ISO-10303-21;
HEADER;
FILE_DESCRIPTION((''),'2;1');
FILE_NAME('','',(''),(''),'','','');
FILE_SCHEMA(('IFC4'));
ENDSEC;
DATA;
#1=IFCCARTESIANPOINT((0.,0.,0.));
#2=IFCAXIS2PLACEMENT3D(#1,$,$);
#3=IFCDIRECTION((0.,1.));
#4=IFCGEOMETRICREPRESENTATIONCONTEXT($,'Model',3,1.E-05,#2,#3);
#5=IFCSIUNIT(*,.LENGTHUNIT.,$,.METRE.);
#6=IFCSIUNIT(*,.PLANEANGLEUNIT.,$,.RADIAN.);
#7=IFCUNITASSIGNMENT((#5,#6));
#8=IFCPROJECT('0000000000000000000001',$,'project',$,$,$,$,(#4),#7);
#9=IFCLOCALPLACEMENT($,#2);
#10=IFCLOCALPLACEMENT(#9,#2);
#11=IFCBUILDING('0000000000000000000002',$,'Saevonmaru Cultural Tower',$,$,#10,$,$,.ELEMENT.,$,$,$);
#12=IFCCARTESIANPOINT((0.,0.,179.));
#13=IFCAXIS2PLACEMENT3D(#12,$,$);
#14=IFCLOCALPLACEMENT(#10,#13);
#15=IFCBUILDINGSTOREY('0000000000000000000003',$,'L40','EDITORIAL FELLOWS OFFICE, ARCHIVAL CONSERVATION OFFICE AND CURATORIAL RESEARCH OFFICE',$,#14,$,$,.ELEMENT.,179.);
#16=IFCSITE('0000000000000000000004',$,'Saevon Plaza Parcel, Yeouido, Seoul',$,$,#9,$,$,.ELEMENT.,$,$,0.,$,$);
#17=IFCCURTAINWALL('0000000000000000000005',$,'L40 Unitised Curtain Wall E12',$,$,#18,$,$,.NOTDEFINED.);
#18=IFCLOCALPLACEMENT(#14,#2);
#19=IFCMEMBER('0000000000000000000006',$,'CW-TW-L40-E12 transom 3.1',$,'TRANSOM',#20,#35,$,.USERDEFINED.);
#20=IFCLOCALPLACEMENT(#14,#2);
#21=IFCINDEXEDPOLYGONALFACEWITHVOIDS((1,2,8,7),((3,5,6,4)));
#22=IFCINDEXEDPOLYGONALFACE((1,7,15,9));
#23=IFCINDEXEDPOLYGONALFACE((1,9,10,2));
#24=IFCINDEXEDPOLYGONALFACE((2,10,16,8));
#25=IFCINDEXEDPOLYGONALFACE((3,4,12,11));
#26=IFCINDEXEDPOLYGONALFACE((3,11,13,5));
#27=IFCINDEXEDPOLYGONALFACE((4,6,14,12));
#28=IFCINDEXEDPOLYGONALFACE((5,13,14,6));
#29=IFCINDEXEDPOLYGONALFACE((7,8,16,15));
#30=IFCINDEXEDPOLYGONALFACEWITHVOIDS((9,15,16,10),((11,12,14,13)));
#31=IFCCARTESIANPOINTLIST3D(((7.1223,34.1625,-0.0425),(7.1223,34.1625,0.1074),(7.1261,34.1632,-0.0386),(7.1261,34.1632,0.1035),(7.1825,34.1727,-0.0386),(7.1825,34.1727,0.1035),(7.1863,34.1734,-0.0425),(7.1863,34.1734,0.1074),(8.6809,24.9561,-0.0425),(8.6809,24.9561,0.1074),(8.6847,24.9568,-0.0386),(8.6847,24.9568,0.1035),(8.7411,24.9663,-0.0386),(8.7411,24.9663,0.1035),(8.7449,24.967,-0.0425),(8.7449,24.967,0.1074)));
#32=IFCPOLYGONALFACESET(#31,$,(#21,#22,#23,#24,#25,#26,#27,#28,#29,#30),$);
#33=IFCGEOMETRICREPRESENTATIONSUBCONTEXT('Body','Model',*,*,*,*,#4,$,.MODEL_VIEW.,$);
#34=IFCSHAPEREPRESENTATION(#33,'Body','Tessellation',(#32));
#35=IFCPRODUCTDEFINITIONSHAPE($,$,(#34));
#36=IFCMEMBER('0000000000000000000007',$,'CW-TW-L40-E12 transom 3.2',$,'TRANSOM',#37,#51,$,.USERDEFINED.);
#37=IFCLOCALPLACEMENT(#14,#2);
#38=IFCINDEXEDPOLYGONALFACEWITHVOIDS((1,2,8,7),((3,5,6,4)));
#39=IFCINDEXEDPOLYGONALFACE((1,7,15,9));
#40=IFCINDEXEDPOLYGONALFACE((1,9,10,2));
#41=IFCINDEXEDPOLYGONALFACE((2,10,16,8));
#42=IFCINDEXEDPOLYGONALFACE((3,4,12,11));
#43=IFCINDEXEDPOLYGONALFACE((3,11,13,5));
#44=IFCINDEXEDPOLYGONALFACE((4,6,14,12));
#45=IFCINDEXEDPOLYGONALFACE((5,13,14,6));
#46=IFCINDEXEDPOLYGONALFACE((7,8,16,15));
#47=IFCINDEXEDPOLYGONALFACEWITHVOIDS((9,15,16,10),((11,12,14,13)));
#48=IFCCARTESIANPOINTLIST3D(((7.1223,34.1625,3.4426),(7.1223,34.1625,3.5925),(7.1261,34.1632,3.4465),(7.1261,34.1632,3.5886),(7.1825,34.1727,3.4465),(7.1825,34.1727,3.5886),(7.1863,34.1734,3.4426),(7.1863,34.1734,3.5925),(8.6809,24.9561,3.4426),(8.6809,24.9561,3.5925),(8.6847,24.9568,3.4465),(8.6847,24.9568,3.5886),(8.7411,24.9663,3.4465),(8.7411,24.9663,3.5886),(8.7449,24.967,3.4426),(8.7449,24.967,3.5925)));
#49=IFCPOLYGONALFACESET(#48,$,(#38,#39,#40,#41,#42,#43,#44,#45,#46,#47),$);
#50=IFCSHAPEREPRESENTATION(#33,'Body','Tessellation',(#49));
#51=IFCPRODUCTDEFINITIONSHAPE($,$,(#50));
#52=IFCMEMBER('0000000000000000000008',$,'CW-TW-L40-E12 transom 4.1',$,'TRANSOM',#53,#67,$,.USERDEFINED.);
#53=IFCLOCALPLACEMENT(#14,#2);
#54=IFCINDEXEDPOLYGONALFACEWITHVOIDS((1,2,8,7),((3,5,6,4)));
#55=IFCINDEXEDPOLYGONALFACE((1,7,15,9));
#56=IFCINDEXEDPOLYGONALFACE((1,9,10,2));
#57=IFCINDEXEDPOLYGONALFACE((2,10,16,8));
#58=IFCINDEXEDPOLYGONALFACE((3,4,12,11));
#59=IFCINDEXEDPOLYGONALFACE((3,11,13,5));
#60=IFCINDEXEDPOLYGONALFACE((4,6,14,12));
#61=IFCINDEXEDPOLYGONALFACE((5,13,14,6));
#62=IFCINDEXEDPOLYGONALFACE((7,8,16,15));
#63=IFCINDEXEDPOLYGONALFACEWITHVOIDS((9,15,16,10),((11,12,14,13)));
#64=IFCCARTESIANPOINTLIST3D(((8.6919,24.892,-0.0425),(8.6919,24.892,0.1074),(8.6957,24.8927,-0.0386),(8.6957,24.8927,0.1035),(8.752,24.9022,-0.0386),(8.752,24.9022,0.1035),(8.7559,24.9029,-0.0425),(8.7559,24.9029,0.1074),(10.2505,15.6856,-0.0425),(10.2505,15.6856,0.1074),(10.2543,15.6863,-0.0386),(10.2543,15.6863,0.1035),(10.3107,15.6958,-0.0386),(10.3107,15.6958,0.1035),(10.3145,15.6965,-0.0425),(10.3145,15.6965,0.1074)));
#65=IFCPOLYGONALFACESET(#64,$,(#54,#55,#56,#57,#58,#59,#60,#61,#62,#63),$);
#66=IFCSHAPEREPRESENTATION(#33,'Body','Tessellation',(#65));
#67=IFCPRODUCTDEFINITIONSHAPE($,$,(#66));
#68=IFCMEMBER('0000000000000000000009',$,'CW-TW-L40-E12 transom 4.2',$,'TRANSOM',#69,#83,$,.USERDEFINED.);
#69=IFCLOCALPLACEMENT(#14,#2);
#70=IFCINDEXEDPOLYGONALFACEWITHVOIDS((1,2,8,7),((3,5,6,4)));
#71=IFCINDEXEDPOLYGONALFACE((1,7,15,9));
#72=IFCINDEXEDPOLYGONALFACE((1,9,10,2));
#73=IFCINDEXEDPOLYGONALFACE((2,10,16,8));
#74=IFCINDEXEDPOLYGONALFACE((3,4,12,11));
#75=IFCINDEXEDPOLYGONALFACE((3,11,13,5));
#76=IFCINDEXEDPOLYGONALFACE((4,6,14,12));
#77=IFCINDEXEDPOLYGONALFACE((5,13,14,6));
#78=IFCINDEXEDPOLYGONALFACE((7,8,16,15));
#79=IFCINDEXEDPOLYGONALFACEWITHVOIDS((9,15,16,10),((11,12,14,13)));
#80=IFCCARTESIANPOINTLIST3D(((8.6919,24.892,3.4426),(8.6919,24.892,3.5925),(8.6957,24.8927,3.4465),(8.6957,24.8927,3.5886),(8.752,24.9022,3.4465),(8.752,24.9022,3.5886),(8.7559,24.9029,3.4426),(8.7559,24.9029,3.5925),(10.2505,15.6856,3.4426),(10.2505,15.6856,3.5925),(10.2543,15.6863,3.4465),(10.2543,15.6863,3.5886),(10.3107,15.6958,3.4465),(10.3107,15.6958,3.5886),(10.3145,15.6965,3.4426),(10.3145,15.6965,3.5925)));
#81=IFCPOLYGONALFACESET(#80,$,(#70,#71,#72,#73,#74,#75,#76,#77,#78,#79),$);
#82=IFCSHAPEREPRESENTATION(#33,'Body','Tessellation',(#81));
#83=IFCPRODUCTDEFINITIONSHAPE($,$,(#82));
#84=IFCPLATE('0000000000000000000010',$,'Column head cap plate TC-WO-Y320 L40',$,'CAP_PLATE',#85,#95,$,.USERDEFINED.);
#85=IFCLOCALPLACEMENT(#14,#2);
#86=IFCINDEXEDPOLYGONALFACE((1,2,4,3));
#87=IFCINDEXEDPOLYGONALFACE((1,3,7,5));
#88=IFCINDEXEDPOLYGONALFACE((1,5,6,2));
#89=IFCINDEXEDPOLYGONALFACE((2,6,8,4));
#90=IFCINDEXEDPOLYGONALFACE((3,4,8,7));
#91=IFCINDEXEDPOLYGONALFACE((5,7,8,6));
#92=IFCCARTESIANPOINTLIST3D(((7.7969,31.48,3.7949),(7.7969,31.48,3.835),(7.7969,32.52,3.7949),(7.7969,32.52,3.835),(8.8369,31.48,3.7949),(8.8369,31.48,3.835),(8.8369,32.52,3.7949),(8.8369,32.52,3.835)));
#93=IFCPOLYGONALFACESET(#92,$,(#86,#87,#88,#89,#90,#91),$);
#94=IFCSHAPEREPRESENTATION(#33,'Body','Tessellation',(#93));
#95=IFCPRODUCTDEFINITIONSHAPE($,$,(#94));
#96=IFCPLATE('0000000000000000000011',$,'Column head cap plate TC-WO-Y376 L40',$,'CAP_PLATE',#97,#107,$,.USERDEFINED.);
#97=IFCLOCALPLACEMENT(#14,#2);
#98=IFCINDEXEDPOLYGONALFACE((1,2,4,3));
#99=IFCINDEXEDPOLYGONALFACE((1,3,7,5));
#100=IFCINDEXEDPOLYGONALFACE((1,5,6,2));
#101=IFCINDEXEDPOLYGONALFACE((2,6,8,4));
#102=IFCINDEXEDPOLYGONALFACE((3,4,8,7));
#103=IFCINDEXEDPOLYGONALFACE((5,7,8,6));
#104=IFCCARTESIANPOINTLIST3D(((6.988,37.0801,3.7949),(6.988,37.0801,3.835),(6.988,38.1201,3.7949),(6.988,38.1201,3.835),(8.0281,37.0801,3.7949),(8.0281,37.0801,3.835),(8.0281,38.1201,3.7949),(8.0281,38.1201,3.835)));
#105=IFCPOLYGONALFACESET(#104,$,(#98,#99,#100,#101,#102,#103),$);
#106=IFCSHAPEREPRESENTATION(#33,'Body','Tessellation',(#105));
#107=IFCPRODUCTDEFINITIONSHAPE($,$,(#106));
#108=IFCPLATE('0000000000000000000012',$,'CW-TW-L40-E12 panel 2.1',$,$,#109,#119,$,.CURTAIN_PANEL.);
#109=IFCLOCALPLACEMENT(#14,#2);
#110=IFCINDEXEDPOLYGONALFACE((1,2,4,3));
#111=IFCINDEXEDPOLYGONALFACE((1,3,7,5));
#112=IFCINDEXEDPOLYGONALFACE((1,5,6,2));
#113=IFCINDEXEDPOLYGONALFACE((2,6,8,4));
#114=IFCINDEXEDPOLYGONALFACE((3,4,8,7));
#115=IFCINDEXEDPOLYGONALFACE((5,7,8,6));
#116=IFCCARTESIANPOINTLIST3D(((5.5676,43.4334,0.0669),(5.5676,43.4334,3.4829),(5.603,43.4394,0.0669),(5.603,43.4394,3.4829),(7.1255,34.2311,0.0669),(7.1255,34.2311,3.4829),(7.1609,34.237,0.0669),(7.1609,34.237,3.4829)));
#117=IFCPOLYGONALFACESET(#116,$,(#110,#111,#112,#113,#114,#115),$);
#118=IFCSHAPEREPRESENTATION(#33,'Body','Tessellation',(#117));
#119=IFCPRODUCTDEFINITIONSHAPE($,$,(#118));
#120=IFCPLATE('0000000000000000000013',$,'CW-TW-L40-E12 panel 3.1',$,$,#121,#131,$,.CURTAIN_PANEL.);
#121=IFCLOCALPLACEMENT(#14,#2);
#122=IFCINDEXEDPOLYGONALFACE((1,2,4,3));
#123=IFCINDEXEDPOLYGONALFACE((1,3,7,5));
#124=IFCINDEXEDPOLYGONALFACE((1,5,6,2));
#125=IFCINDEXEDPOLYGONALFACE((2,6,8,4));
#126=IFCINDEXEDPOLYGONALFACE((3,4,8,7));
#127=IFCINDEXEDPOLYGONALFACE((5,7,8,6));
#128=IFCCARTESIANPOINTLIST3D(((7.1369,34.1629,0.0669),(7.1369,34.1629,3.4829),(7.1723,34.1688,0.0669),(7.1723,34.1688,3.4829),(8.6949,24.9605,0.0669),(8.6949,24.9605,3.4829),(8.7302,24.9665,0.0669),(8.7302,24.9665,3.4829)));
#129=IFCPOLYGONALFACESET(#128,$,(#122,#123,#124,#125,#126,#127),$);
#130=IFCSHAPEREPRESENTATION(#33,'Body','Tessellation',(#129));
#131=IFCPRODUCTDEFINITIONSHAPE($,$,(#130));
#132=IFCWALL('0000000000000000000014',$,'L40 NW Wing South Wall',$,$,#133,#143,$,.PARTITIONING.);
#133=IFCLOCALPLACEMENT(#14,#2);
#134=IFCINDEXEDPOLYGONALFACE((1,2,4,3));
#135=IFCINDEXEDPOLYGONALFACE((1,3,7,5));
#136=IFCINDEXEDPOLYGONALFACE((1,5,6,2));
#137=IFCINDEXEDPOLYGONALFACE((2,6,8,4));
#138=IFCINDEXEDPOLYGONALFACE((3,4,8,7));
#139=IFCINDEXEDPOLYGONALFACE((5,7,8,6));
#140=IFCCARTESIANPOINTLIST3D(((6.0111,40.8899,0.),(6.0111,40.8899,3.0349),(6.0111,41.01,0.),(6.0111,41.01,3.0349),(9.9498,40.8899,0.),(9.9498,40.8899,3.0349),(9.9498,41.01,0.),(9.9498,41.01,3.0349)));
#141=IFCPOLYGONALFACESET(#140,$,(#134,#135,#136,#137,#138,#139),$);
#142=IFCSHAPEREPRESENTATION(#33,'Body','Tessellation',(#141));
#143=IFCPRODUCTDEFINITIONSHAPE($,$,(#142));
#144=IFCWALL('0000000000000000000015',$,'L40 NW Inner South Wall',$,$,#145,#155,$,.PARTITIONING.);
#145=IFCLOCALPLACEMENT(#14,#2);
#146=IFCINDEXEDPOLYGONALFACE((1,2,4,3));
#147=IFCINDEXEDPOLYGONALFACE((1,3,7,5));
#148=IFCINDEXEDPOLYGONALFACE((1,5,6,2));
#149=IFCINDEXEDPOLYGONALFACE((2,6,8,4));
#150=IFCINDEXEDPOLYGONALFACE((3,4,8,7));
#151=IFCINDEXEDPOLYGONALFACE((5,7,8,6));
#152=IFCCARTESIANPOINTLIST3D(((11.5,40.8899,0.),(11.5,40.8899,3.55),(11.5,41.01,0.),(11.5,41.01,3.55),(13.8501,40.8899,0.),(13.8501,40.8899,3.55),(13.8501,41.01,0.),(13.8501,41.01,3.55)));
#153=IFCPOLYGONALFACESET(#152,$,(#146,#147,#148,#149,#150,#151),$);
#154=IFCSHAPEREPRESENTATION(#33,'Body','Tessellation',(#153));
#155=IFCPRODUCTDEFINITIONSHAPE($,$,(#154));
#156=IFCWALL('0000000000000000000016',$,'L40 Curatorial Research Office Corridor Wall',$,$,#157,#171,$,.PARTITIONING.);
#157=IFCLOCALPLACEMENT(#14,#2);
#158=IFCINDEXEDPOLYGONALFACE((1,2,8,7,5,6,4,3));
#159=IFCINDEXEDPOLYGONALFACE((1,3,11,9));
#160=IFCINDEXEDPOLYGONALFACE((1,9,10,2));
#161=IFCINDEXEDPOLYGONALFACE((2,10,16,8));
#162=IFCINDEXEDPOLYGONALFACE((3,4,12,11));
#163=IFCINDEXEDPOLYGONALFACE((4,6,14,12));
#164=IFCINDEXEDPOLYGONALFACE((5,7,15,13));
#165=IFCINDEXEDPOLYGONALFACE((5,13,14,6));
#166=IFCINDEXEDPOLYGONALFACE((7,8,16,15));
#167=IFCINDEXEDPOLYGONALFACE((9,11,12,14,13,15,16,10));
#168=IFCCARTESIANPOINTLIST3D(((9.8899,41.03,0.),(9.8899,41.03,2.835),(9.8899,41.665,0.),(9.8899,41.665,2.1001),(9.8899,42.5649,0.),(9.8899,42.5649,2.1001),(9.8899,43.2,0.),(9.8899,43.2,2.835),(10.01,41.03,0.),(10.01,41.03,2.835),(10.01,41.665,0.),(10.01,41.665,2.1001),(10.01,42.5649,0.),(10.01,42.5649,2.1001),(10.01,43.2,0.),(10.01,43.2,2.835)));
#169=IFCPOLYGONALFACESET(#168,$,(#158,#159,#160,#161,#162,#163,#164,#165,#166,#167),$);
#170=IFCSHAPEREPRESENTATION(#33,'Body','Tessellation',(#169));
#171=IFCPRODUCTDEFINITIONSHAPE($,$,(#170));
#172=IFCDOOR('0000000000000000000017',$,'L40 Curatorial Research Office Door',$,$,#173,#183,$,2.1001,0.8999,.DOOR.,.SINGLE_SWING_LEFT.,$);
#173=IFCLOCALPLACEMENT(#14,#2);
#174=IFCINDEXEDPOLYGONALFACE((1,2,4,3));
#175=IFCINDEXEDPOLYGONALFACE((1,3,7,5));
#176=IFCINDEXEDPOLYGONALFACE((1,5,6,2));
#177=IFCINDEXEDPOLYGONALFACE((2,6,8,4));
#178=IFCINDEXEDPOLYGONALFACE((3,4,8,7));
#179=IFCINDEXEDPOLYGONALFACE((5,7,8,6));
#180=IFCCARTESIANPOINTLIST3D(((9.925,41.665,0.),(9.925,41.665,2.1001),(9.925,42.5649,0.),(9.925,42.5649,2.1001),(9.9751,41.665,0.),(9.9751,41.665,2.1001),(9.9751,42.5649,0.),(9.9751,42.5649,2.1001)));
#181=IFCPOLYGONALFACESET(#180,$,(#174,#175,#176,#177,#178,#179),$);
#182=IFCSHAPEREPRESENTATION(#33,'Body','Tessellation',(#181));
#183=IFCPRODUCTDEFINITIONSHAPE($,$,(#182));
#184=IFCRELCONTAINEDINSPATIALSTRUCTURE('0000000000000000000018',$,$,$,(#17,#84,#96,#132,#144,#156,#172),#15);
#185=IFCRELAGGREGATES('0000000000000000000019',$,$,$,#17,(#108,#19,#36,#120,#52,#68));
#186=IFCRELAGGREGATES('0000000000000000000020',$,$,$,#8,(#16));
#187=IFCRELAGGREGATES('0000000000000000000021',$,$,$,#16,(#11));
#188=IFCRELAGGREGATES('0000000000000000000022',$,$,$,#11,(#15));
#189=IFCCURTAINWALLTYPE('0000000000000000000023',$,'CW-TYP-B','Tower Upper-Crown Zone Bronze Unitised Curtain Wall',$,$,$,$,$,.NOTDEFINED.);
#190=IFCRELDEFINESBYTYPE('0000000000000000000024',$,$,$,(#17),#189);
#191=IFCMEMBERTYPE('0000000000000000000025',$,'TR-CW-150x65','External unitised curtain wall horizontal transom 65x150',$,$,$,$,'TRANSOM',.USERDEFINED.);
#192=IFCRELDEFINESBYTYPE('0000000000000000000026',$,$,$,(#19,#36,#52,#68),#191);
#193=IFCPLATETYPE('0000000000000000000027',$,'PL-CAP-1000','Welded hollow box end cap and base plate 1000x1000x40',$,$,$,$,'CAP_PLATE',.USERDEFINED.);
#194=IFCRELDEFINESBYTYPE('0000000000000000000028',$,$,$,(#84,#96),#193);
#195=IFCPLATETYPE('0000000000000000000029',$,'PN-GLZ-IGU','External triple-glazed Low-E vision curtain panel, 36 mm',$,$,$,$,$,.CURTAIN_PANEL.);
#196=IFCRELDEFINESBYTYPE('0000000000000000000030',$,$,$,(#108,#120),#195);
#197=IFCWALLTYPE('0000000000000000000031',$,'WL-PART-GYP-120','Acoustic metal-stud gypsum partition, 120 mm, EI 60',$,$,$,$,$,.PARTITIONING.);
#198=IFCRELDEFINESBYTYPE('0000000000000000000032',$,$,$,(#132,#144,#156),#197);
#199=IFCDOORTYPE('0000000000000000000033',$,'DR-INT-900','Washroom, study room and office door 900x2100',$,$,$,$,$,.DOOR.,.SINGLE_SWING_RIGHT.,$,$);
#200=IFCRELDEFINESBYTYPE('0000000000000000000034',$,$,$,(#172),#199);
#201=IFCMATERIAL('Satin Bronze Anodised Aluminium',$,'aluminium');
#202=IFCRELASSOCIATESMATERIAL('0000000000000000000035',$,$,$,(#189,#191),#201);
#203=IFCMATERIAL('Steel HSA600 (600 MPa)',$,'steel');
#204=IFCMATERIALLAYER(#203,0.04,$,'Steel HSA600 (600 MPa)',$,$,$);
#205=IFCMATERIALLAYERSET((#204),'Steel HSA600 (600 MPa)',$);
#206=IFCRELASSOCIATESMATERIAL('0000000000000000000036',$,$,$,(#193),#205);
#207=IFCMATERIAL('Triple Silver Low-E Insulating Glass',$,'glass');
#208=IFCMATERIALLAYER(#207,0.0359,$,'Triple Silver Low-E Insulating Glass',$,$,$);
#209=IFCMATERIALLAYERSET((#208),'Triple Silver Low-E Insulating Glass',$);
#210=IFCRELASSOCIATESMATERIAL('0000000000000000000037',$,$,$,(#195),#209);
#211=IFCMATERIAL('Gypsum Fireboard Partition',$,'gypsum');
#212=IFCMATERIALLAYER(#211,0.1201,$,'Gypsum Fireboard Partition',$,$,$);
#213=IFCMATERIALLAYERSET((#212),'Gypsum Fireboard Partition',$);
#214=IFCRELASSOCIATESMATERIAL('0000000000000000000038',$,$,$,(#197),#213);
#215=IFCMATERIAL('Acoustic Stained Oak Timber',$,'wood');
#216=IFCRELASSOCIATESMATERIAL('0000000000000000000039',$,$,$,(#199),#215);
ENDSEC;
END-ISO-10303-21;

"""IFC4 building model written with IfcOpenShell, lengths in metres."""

from ifc_helpers import new_model, si_unit, direction, frame, frame_2d, origin, origin_2d, place, context, subcontext, project, spatial, rectangle, hollow_rectangle, extrude, material, layer, layer_set, material_profile, profile_set, type_object, element, fill, aggregate, save


model = new_model("IFC4")

# Units and contexts
model_context = context("Model", 3, precision=1e-05, world=origin(), true_north=direction((0.0, 1.0)))
body_context = subcontext(model_context, "Body", "Model", "MODEL_VIEW")
ifc_project = project(units=[si_unit("LENGTHUNIT", "METRE"), si_unit("PLANEANGLEUNIT", "RADIAN")], contexts=[model_context])

# Site, building, storey
site_placement = place(None, origin())
site = spatial("IfcSite", under=ifc_project, at=site_placement, Name="Saevon Plaza Parcel, Yeouido, Seoul", CompositionType="ELEMENT", RefElevation=0.0)
building_placement = place(site_placement, origin())
building = spatial("IfcBuilding", under=site, at=building_placement, Name="Saevonmaru Cultural Tower", CompositionType="ELEMENT")
storey_placement = place(building_placement, frame((0.0, 0.0, 179.0)))
storey = spatial("IfcBuildingStorey", under=building, at=storey_placement, Name="L40", Description="EDITORIAL FELLOWS OFFICE, ARCHIVAL CONSERVATION OFFICE AND CURATORIAL RESEARCH OFFICE", CompositionType="ELEMENT", Elevation=179.0)

# Curtain wall, members
ifc_material_1 = material(Name="Satin Bronze Anodised Aluminium", Category="aluminium")
curtain_wall_type = type_object("IfcCurtainWallType", Name="CW-TYP-B", Description="Tower Upper-Crown Zone Bronze Unitised Curtain Wall", PredefinedType="NOTDEFINED", material=ifc_material_1)
curtain_wall_placement = place(storey_placement, origin())
curtain_wall = element("IfcCurtainWall", 1, at=curtain_wall_placement, inside=storey, type_object=curtain_wall_type, Name="L40 Unitised Curtain Wall E12", PredefinedType="NOTDEFINED")
ifc_material_profile_1 = material_profile(ifc_material_1, hollow_rectangle(XDim=0.0649, YDim=0.1499, WallThickness=0.0039, at=origin_2d()), Name="ALU-TRAN-150x65x4")
ifc_profile_set_1 = profile_set([ifc_material_profile_1], Name="Satin Bronze Anodised Aluminium")
member_type_1 = type_object("IfcMemberType", Name="TR-CW-150x65", Description="External unitised curtain wall horizontal transom 65x150", ElementType="TRANSOM", PredefinedType="USERDEFINED", material=ifc_profile_set_1)
member_1_placement = place(storey_placement, frame((7.1543, 34.168, 0.0325), z_axis=(0.166921, -0.98597, 0.0), x_axis=(0.98597, 0.166921, 0.0)))
member_1 = element("IfcMember", 2, at=member_1_placement, type_object=member_type_1, Name="CW-TW-L40-E12 transom 3.1", ObjectType="TRANSOM", PredefinedType="USERDEFINED", context=body_context, shape_type="SweptSolid", body=[
    extrude(hollow_rectangle(XDim=0.0649, YDim=0.1499, WallThickness=0.0039, at=origin_2d()), origin(), (0.0, 0.0, 1.0), 9.3374),
])
member_2_placement = place(storey_placement, frame((7.1543, 34.168, 3.5176), z_axis=(0.166921, -0.98597, 0.0), x_axis=(0.98597, 0.166921, 0.0)))
member_2 = element("IfcMember", 3, at=member_2_placement, type_object=member_type_1, Name="CW-TW-L40-E12 transom 3.2", ObjectType="TRANSOM", PredefinedType="USERDEFINED", context=body_context, shape_type="SweptSolid", body=[
    extrude(hollow_rectangle(XDim=0.0649, YDim=0.1499, WallThickness=0.0039, at=origin_2d()), origin(), (0.0, 0.0, 1.0), 9.3374),
])
member_3_placement = place(storey_placement, frame((8.7239, 24.8975, 0.0325), z_axis=(0.166921, -0.98597, 0.0), x_axis=(0.98597, 0.166921, 0.0)))
member_3 = element("IfcMember", 4, at=member_3_placement, type_object=member_type_1, Name="CW-TW-L40-E12 transom 4.1", ObjectType="TRANSOM", PredefinedType="USERDEFINED", context=body_context, shape_type="SweptSolid", body=[
    extrude(hollow_rectangle(XDim=0.0649, YDim=0.1499, WallThickness=0.0039, at=origin_2d()), origin(), (0.0, 0.0, 1.0), 9.3374),
])
member_4_placement = place(storey_placement, frame((8.7239, 24.8975, 3.5176), z_axis=(0.166921, -0.98597, 0.0), x_axis=(0.98597, 0.166921, 0.0)))
member_4 = element("IfcMember", 5, at=member_4_placement, type_object=member_type_1, Name="CW-TW-L40-E12 transom 4.2", ObjectType="TRANSOM", PredefinedType="USERDEFINED", context=body_context, shape_type="SweptSolid", body=[
    extrude(hollow_rectangle(XDim=0.0649, YDim=0.1499, WallThickness=0.0039, at=origin_2d()), origin(), (0.0, 0.0, 1.0), 9.3374),
])

# Plates
ifc_material_2 = material(Name="Steel HSA600 (600 MPa)", Category="steel")
ifc_layer_1 = layer(ifc_material_2, 0.04, Name="Steel HSA600 (600 MPa)")
ifc_layer_set_1 = layer_set([ifc_layer_1], Name="Steel HSA600 (600 MPa)")
plate_type_1 = type_object("IfcPlateType", Name="PL-CAP-1000", Description="Welded hollow box end cap and base plate 1000x1000x40", ElementType="CAP_PLATE", PredefinedType="USERDEFINED", material=ifc_layer_set_1)
for number, where, z_axis, x_axis, name in (
    (6, (8.3169, 32.0, 3.7949), (0.0, 0.0, 1.0), (1.0, 0.0, 0.0), "Column head cap plate TC-WO-Y320 L40"),
    (7, (7.5081, 37.6001, 3.7949), (0.0, 0.0, 1.0), (1.0, 0.0, 0.0), "Column head cap plate TC-WO-Y376 L40"),
):
    element("IfcPlate", number, at=place(storey_placement, frame(where, z_axis=z_axis, x_axis=x_axis)), inside=storey, type_object=plate_type_1, Name=name, ObjectType="CAP_PLATE", PredefinedType="USERDEFINED", context=body_context, shape_type="SweptSolid", body=[
        extrude(rectangle(XDim=1.04, YDim=1.04, at=origin_2d()), origin(), (0.0, 0.0, 1.0), 0.04),
    ])

# Plates
ifc_material_3 = material(Name="Triple Silver Low-E Insulating Glass", Category="glass")
ifc_layer_2 = layer(ifc_material_3, 0.0359, Name="Triple Silver Low-E Insulating Glass")
ifc_layer_set_2 = layer_set([ifc_layer_2], Name="Triple Silver Low-E Insulating Glass")
plate_type_2 = type_object("IfcPlateType", Name="PN-GLZ-IGU", Description="External triple-glazed Low-E vision curtain panel, 36 mm", PredefinedType="CURTAIN_PANEL", material=ifc_layer_set_2)
plate_1_placement = place(storey_placement, frame((6.3643, 38.8352, 0.0669), z_axis=(0.0, 0.0, 1.0), x_axis=(0.166922, -0.98597, 0.0)))
plate_1 = element("IfcPlate", 8, at=plate_1_placement, type_object=plate_type_2, Name="CW-TW-L40-E12 panel 2.1", PredefinedType="CURTAIN_PANEL", context=body_context, shape_type="SweptSolid", body=[
    extrude(rectangle(XDim=9.3333, YDim=0.0359, at=origin_2d()), origin(), (0.0, 0.0, 1.0), 3.416),
])
plate_2_placement = place(storey_placement, frame((7.9336, 29.5647, 0.0669), z_axis=(0.0, 0.0, 1.0), x_axis=(0.166922, -0.98597, 0.0)))
plate_2 = element("IfcPlate", 9, at=plate_2_placement, type_object=plate_type_2, Name="CW-TW-L40-E12 panel 3.1", PredefinedType="CURTAIN_PANEL", context=body_context, shape_type="SweptSolid", body=[
    extrude(rectangle(XDim=9.3333, YDim=0.0359, at=origin_2d()), origin(), (0.0, 0.0, 1.0), 3.416),
])
aggregate(curtain_wall, [plate_1, member_1, member_2, plate_2, member_3, member_4])

# Walls
ifc_material_4 = material(Name="Gypsum Fireboard Partition", Category="gypsum")
ifc_layer_3 = layer(ifc_material_4, 0.1201, Name="Gypsum Fireboard Partition")
ifc_layer_set_3 = layer_set([ifc_layer_3], Name="Gypsum Fireboard Partition")
wall_type = type_object("IfcWallType", Name="WL-PART-GYP-120", Description="Acoustic metal-stud gypsum partition, 120 mm, EI 60", PredefinedType="PARTITIONING", material=ifc_layer_set_3)
wall_1_placement = place(storey_placement, frame((6.0112, 40.95, 0.0), z_axis=(0.0, 0.0, 1.0), x_axis=(1.0, 0.0, 0.0)))
element("IfcWall", 10, at=wall_1_placement, inside=storey, type_object=wall_type, Name="L40 NW Wing South Wall", PredefinedType="PARTITIONING", context=body_context, shape_type="SweptSolid", body=[
    extrude(rectangle(XDim=3.9387, YDim=0.1201, at=frame_2d((1.9692, 0.0))), origin(), (0.0, 0.0, 1.0), 3.0349),
])
wall_2_placement = place(storey_placement, frame((11.5, 40.95, 0.0), z_axis=(0.0, 0.0, 1.0), x_axis=(1.0, 0.0, 0.0)))
element("IfcWall", 11, at=wall_2_placement, inside=storey, type_object=wall_type, Name="L40 NW Inner South Wall", PredefinedType="PARTITIONING", context=body_context, shape_type="SweptSolid", body=[
    extrude(rectangle(XDim=2.3501, YDim=0.1201, at=frame_2d((1.175, 0.0))), origin(), (0.0, 0.0, 1.0), 3.55),
])

# Wall, opening, door
wall_3_placement = place(storey_placement, frame((9.95, 41.03, 0.0), z_axis=(0.0, 0.0, 1.0), x_axis=(0.0, 1.0, 0.0)))
wall_3 = element("IfcWall", 12, at=wall_3_placement, inside=storey, type_object=wall_type, Name="L40 Curatorial Research Office Corridor Wall", PredefinedType="PARTITIONING", context=body_context, shape_type="SweptSolid", body=[
    extrude(rectangle(XDim=2.1699, YDim=0.1201, at=frame_2d((1.085, 0.0))), origin(), (0.0, 0.0, 1.0), 2.835),
])
opening_1_placement = place(wall_3_placement, frame((0.635, 0.0, 0.0)))
opening_1 = element("IfcOpeningElement", 13, at=opening_1_placement, cuts=wall_3, PredefinedType="OPENING", context=body_context, shape_type="SweptSolid", body=[
    extrude(rectangle(XDim=0.8999, YDim=2.1001, at=frame_2d((0.45, 1.05))), frame((0.0, 0.0701, 0.0), z_axis=(0.0, -1.0, 0.0), x_axis=(1.0, 0.0, 0.0)), (0.0, 0.0, 1.0), 0.1401),
])
ifc_material_5 = material(Name="Acoustic Stained Oak Timber", Category="wood")
door_type = type_object("IfcDoorType", Name="DR-INT-900", Description="Washroom, study room and office door 900x2100", OperationType="SINGLE_SWING_RIGHT", PredefinedType="DOOR", material=ifc_material_5)
door_1_placement = place(opening_1_placement, origin())
door_1 = element("IfcDoor", 14, at=door_1_placement, inside=storey, type_object=door_type, Name="L40 Curatorial Research Office Door", OperationType="SINGLE_SWING_LEFT", OverallHeight=2.1001, OverallWidth=0.8999, PredefinedType="DOOR", context=body_context, shape_type="SweptSolid", body=[
    extrude(rectangle(XDim=0.8999, YDim=2.1001, at=frame_2d((0.45, 1.05))), frame((0.0, 0.0249, 0.0), z_axis=(0.0, -1.0, 0.0), x_axis=(1.0, 0.0, 0.0)), (0.0, 0.0, 1.0), 0.05),
])
fill(opening_1, door_1)

save(model, "model.ifc")
